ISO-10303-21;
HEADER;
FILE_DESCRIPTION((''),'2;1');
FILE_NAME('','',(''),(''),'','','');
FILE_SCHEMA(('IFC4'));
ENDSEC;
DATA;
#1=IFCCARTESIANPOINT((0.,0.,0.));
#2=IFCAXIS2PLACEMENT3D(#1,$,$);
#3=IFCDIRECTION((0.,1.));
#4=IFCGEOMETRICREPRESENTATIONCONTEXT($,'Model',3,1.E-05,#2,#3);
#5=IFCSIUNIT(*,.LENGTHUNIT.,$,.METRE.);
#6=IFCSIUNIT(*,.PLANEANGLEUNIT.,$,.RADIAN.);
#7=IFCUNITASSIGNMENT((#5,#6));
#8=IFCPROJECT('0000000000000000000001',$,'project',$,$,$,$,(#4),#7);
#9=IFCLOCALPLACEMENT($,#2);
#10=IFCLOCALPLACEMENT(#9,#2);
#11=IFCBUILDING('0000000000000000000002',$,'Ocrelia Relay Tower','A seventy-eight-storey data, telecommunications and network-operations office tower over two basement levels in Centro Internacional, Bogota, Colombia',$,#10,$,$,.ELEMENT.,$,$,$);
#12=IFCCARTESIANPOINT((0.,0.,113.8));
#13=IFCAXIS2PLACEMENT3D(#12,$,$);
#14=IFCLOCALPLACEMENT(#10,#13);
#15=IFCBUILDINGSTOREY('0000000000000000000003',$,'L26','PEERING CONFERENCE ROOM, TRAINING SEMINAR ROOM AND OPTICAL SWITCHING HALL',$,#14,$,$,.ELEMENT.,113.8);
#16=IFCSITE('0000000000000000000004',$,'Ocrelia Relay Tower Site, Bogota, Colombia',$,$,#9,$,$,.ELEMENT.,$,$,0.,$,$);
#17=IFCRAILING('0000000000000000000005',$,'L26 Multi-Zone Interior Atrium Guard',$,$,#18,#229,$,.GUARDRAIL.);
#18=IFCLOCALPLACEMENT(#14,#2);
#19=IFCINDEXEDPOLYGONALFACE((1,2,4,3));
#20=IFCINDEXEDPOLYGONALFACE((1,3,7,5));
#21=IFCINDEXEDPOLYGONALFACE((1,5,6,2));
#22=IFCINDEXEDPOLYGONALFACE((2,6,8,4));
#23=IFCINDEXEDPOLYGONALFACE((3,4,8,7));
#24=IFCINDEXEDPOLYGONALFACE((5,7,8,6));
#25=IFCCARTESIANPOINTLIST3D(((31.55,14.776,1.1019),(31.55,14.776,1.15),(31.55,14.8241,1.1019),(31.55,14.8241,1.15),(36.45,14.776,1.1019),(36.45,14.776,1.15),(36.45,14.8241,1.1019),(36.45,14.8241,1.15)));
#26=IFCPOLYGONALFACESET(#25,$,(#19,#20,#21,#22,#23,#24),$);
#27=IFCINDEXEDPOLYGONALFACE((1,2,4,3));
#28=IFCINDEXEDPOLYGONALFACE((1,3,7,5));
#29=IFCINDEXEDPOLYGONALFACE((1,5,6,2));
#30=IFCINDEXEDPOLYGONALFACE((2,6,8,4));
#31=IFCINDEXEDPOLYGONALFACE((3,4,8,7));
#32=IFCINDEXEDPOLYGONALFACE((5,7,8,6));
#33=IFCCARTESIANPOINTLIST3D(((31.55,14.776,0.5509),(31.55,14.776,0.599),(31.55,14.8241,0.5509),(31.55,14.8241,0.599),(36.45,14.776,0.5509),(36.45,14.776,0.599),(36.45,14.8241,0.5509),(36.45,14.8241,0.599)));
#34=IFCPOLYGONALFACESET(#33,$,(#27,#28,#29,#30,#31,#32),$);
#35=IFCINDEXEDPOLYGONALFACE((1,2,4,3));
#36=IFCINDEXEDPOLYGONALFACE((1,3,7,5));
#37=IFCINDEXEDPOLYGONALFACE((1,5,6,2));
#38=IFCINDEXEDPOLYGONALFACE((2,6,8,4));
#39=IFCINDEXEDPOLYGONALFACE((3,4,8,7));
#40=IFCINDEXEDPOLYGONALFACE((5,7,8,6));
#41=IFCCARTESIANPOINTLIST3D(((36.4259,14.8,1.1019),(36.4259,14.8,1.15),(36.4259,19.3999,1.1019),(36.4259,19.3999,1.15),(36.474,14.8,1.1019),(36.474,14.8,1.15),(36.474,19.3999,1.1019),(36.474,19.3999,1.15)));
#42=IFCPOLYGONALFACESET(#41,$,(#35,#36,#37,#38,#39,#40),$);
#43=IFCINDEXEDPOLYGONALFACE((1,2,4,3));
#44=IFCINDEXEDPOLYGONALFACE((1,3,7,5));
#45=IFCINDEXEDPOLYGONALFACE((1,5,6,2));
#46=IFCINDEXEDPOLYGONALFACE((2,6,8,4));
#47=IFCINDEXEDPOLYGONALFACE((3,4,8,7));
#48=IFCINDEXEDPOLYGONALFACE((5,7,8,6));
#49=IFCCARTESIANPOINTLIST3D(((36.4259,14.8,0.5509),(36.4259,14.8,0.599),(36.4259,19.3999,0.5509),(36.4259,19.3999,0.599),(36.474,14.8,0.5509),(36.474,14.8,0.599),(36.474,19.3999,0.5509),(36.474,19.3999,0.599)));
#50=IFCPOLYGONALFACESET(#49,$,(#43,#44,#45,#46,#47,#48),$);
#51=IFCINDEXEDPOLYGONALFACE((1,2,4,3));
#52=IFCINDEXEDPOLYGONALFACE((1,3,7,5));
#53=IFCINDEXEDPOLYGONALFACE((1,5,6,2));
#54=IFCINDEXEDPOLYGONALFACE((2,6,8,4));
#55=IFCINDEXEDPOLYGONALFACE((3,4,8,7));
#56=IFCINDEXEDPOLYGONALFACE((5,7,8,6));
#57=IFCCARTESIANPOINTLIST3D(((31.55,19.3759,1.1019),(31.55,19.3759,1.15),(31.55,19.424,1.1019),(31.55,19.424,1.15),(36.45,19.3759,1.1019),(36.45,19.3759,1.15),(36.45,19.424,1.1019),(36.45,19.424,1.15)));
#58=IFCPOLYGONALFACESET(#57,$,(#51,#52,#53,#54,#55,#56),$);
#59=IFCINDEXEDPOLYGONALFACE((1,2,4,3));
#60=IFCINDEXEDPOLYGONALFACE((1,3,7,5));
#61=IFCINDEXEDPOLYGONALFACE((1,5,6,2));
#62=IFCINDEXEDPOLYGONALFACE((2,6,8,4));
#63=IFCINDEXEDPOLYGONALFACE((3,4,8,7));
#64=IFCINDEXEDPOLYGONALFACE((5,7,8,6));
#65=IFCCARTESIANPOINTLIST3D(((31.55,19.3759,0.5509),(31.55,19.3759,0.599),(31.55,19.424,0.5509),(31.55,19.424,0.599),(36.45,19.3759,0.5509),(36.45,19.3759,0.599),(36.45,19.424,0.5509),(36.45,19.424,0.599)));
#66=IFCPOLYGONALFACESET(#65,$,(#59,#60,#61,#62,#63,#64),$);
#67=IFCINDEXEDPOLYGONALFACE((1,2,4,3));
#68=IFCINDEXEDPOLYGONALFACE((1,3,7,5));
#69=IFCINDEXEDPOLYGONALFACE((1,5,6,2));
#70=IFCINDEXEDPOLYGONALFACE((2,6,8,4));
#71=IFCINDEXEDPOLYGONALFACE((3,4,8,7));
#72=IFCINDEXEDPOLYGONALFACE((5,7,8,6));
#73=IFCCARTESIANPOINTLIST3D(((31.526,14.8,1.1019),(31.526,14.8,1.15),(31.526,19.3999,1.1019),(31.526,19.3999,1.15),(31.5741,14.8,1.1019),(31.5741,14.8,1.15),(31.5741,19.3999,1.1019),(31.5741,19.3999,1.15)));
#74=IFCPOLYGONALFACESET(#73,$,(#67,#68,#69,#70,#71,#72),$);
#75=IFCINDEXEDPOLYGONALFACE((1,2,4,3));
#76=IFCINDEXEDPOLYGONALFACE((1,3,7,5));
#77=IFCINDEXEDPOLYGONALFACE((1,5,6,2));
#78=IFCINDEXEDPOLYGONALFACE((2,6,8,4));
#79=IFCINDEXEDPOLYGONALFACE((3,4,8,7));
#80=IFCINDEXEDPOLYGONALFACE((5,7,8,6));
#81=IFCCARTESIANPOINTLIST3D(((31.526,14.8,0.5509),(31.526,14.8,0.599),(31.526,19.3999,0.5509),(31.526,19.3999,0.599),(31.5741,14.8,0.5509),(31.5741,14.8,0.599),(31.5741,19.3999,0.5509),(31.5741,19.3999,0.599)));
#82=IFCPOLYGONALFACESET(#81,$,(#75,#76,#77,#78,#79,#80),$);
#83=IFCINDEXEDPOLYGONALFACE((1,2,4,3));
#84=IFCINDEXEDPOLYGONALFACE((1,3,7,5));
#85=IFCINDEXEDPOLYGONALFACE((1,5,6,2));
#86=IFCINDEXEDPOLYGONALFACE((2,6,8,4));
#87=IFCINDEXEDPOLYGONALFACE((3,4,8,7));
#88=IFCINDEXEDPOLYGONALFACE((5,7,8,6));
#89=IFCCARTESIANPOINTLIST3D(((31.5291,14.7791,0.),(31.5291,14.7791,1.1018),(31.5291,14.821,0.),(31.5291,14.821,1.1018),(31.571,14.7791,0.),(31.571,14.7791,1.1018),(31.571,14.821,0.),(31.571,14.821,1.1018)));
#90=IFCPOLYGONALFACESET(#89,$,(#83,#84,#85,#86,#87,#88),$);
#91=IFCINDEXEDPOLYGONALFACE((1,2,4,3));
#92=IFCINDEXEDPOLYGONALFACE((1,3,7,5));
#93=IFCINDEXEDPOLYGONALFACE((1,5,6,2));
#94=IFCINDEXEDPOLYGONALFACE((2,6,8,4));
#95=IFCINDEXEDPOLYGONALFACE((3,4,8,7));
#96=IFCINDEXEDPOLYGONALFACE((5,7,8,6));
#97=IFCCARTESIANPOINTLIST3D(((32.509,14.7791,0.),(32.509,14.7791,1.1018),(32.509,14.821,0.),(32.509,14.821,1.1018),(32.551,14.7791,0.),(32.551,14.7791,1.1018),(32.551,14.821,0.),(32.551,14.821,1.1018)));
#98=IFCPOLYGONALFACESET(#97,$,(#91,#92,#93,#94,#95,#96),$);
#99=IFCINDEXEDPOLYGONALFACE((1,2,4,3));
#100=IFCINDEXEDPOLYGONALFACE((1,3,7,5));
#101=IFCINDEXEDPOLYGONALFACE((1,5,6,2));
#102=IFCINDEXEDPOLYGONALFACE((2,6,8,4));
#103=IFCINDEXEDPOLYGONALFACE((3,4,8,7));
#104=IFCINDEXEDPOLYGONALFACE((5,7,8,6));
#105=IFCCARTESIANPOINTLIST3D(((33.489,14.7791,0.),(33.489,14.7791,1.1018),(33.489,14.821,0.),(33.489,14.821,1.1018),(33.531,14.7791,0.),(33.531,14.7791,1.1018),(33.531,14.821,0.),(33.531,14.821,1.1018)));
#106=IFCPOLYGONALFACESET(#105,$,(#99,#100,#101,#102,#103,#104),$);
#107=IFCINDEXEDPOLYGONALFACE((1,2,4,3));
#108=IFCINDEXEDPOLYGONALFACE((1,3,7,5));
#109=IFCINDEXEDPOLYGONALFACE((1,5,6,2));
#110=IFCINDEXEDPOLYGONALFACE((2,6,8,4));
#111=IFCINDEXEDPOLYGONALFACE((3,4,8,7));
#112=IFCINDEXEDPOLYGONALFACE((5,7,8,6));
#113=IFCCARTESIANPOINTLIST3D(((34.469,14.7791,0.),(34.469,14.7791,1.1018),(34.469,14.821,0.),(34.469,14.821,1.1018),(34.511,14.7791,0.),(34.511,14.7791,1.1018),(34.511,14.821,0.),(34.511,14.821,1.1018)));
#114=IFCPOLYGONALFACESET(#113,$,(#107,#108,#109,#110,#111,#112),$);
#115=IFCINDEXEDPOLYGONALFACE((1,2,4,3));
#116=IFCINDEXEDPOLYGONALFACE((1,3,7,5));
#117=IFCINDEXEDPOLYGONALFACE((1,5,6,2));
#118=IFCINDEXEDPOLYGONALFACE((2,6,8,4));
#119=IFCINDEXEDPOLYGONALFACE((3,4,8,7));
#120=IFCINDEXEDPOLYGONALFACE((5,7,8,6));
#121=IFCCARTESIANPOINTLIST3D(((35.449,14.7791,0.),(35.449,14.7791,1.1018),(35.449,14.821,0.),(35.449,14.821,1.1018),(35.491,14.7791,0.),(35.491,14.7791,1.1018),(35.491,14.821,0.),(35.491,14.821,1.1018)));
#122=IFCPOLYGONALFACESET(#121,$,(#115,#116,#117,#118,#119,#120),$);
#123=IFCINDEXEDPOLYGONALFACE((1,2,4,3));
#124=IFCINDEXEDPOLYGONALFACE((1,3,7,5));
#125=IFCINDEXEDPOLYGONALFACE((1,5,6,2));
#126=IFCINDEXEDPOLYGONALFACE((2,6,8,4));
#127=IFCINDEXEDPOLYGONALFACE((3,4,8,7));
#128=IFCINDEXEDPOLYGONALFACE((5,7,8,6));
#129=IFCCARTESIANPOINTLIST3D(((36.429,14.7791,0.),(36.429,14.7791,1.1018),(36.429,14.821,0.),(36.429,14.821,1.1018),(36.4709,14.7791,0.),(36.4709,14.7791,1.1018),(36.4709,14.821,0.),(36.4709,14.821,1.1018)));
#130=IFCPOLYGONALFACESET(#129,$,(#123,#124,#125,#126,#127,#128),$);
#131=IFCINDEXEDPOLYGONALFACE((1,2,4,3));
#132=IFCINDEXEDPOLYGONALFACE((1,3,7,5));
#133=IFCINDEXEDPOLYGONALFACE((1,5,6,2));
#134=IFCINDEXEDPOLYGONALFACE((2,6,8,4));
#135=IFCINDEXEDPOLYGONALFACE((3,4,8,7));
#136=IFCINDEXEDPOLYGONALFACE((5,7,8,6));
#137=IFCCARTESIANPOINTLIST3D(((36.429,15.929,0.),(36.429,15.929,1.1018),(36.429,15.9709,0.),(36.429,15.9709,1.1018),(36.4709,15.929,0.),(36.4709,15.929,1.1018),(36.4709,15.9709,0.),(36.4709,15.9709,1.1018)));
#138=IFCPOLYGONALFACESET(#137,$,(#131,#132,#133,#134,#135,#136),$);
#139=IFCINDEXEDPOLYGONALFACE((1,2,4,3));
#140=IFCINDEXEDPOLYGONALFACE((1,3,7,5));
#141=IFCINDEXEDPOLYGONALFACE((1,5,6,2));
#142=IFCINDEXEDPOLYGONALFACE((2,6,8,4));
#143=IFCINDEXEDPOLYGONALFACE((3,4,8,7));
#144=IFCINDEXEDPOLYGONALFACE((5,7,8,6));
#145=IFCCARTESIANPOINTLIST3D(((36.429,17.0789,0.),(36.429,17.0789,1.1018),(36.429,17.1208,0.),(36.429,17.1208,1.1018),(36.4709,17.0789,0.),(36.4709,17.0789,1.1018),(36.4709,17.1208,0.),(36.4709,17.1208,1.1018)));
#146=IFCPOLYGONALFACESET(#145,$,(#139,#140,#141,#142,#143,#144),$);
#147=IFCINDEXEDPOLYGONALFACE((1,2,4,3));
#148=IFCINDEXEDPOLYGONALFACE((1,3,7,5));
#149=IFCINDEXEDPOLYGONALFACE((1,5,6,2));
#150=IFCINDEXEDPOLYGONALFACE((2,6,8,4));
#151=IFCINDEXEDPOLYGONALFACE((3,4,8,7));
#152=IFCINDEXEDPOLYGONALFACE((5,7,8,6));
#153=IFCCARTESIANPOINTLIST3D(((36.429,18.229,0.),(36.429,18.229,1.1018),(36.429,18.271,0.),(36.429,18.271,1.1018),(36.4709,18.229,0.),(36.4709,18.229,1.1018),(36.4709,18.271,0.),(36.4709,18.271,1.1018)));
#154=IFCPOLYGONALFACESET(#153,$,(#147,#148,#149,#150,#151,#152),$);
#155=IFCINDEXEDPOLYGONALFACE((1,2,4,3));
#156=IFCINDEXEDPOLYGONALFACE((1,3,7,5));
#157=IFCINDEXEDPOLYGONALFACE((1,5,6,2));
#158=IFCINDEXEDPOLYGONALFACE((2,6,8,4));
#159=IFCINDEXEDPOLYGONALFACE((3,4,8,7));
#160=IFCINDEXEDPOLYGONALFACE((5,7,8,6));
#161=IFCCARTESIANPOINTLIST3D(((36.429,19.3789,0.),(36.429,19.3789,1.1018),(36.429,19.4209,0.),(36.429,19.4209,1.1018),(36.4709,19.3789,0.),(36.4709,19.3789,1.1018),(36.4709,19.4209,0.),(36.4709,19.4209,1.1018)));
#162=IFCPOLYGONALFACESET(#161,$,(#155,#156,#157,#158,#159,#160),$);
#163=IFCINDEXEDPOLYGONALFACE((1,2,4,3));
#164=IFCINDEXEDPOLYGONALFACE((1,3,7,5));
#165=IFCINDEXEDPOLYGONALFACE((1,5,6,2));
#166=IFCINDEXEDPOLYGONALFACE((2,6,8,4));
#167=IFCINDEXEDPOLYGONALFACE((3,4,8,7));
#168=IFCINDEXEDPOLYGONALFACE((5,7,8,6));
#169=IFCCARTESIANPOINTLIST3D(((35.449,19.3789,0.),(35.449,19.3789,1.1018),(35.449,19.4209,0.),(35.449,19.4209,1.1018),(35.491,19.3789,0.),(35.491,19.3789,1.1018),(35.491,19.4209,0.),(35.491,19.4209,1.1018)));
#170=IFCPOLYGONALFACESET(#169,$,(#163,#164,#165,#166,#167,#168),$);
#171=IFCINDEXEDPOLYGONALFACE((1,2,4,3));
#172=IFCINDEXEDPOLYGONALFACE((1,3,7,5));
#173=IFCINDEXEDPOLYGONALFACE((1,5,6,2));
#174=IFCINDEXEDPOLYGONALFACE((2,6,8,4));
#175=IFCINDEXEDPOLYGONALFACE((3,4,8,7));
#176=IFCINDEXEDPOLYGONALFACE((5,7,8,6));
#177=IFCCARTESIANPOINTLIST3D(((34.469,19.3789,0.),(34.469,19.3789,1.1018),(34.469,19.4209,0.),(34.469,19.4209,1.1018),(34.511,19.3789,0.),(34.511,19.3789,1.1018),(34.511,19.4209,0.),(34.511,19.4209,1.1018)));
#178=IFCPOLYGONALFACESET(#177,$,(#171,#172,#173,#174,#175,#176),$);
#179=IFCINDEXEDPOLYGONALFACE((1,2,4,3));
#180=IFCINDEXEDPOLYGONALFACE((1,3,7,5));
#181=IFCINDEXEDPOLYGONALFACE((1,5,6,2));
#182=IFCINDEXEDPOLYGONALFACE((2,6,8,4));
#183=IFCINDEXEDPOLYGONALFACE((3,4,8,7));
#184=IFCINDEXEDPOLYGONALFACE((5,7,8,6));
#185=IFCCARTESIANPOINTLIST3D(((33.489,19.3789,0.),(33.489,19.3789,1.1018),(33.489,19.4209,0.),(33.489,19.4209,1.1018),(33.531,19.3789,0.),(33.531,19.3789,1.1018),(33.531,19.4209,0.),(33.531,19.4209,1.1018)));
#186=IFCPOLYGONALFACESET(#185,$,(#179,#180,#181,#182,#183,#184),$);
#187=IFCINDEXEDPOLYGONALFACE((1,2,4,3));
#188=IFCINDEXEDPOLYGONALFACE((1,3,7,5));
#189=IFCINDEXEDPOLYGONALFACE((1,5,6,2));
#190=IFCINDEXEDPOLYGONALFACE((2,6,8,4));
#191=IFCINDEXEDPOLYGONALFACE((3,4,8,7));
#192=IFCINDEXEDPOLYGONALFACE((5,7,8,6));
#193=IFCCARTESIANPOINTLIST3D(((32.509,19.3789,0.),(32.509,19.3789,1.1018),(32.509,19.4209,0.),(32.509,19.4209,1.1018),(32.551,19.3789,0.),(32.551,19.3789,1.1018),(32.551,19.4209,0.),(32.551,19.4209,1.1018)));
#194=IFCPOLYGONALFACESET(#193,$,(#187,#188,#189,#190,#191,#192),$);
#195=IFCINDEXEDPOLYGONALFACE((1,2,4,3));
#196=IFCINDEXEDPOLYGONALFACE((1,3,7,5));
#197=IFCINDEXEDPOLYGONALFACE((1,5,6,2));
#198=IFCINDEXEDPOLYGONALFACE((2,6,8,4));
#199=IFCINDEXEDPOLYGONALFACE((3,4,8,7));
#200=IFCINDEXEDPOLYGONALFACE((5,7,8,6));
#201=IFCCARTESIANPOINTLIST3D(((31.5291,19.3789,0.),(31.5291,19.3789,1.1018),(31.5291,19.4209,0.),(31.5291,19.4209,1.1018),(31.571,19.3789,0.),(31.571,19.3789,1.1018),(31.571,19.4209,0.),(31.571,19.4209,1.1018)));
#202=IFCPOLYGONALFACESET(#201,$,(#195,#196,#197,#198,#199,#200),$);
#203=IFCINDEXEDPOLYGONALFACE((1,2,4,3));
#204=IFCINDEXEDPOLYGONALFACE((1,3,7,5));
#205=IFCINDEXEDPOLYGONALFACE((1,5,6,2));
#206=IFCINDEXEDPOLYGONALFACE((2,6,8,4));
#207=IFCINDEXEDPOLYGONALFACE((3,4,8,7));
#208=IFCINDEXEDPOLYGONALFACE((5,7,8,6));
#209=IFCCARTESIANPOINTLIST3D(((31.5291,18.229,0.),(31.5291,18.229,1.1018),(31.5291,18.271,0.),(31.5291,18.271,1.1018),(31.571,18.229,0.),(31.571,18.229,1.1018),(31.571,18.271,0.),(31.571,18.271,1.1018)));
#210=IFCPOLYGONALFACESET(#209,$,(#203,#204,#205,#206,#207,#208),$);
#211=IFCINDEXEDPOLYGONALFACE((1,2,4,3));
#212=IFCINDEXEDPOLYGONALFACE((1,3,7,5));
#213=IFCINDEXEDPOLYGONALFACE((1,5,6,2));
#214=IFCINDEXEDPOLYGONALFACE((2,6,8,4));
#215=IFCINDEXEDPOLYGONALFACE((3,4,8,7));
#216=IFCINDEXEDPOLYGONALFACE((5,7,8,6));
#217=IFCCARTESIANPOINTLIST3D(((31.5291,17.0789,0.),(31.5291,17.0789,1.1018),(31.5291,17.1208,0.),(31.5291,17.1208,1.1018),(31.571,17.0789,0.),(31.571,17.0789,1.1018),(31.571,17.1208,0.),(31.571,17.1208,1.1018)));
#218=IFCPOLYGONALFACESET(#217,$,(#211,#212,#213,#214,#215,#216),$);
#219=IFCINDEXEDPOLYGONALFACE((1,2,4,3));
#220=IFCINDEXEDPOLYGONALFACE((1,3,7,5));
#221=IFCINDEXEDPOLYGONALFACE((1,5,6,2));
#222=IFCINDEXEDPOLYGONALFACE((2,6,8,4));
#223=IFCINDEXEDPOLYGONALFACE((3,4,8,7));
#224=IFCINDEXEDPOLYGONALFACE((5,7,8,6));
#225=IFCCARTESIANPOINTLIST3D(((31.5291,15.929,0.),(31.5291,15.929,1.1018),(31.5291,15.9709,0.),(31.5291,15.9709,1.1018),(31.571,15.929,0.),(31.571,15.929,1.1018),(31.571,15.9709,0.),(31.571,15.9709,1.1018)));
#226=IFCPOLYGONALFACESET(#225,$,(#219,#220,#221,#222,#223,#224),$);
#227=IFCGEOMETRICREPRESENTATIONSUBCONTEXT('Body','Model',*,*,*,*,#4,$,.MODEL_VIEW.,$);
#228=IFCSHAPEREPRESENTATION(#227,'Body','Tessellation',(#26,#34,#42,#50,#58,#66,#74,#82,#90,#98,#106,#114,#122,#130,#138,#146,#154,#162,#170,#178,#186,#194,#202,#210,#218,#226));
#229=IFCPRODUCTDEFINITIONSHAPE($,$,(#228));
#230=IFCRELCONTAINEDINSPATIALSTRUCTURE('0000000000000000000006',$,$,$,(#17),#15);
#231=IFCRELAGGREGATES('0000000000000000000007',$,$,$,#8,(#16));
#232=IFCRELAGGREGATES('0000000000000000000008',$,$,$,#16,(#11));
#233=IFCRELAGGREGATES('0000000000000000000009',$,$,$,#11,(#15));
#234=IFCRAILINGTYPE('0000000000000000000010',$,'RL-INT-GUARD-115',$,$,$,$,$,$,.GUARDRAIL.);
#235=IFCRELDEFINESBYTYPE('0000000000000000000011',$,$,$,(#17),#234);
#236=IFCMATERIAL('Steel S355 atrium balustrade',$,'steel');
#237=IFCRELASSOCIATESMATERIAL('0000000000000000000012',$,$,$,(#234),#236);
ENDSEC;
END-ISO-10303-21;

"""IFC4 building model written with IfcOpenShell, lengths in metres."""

from ifc_helpers import new_model, si_unit, direction, frame, origin, origin_2d, place, context, subcontext, project, spatial, rectangle, extrude, material, type_object, element, save


model = new_model("IFC4")

# Units and contexts
model_context = context("Model", 3, precision=1e-05, world=origin(), true_north=direction((0.0, 1.0)))
body_context = subcontext(model_context, "Body", "Model", "MODEL_VIEW")
ifc_project = project(units=[si_unit("LENGTHUNIT", "METRE"), si_unit("PLANEANGLEUNIT", "RADIAN")], contexts=[model_context])

# Site, building, storey
site_placement = place(None, origin())
site = spatial("IfcSite", under=ifc_project, at=site_placement, Name="Ocrelia Relay Tower Site, Bogota, Colombia", CompositionType="ELEMENT", RefElevation=0.0)
building_placement = place(site_placement, origin())
building = spatial("IfcBuilding", under=site, at=building_placement, Name="Ocrelia Relay Tower", Description="A seventy-eight-storey data, telecommunications and network-operations office tower over two basement levels in Centro Internacional, Bogota, Colombia", CompositionType="ELEMENT")
storey_placement = place(building_placement, frame((0.0, 0.0, 113.8)))
storey = spatial("IfcBuildingStorey", under=building, at=storey_placement, Name="L26", Description="PEERING CONFERENCE ROOM, TRAINING SEMINAR ROOM AND OPTICAL SWITCHING HALL", CompositionType="ELEMENT", Elevation=113.8)

# Railing
ifc_material_1 = material(Name="Steel S355 atrium balustrade", Category="steel")
railing_type = type_object("IfcRailingType", Name="RL-INT-GUARD-115", PredefinedType="GUARDRAIL", material=ifc_material_1)
railing_placement = place(storey_placement, frame((31.55, 14.8, 0.0)))
element("IfcRailing", 1, at=railing_placement, inside=storey, type_object=railing_type, Name="L26 Multi-Zone Interior Atrium Guard", PredefinedType="GUARDRAIL", context=body_context, shape_type="SweptSolid", body=[
    extrude(rectangle(XDim=0.0481, YDim=0.0481, at=origin_2d()), frame((0.0, 0.0, 1.126), z_axis=(1.0, 0.0, 0.0), x_axis=(0.0, 1.0, 0.0)), (0.0, 0.0, 1.0), 4.8999),
    extrude(rectangle(XDim=0.0481, YDim=0.0481, at=origin_2d()), frame((0.0, 0.0, 0.575), z_axis=(1.0, 0.0, 0.0), x_axis=(0.0, 1.0, 0.0)), (0.0, 0.0, 1.0), 4.8999),
    extrude(rectangle(XDim=0.0481, YDim=0.0481, at=origin_2d()), frame((4.8999, 0.0, 1.126), z_axis=(0.0, 1.0, 0.0), x_axis=(-1.0, 0.0, 0.0)), (0.0, 0.0, 1.0), 4.5999),
    extrude(rectangle(XDim=0.0481, YDim=0.0481, at=origin_2d()), frame((4.8999, 0.0, 0.575), z_axis=(0.0, 1.0, 0.0), x_axis=(-1.0, 0.0, 0.0)), (0.0, 0.0, 1.0), 4.5999),
    extrude(rectangle(XDim=0.0481, YDim=0.0481, at=origin_2d()), frame((4.8999, 4.5999, 1.126), z_axis=(-1.0, 0.0, 0.0), x_axis=(0.0, -1.0, 0.0)), (0.0, 0.0, 1.0), 4.8999),
    extrude(rectangle(XDim=0.0481, YDim=0.0481, at=origin_2d()), frame((4.8999, 4.5999, 0.575), z_axis=(-1.0, 0.0, 0.0), x_axis=(0.0, -1.0, 0.0)), (0.0, 0.0, 1.0), 4.8999),
    extrude(rectangle(XDim=0.0481, YDim=0.0481, at=origin_2d()), frame((0.0, 4.5999, 1.126), z_axis=(0.0, -1.0, 0.0), x_axis=(1.0, 0.0, 0.0)), (0.0, 0.0, 1.0), 4.5999),
    extrude(rectangle(XDim=0.0481, YDim=0.0481, at=origin_2d()), frame((0.0, 4.5999, 0.575), z_axis=(0.0, -1.0, 0.0), x_axis=(1.0, 0.0, 0.0)), (0.0, 0.0, 1.0), 4.5999),
    extrude(rectangle(XDim=0.042, YDim=0.042, at=origin_2d()), origin(), (0.0, 0.0, 1.0), 1.1018),
    extrude(rectangle(XDim=0.042, YDim=0.042, at=origin_2d()), frame((0.98, 0.0, 0.0)), (0.0, 0.0, 1.0), 1.1018),
    extrude(rectangle(XDim=0.042, YDim=0.042, at=origin_2d()), frame((1.96, 0.0, 0.0)), (0.0, 0.0, 1.0), 1.1018),
    extrude(rectangle(XDim=0.042, YDim=0.042, at=origin_2d()), frame((2.9399, 0.0, 0.0)), (0.0, 0.0, 1.0), 1.1018),
    extrude(rectangle(XDim=0.042, YDim=0.042, at=origin_2d()), frame((3.9199, 0.0, 0.0)), (0.0, 0.0, 1.0), 1.1018),
    extrude(rectangle(XDim=0.042, YDim=0.042, at=origin_2d()), frame((4.8999, 0.0, 0.0)), (0.0, 0.0, 1.0), 1.1018),
    extrude(rectangle(XDim=0.042, YDim=0.042, at=origin_2d()), frame((4.8999, 1.1499, 0.0)), (0.0, 0.0, 1.0), 1.1018),
    extrude(rectangle(XDim=0.042, YDim=0.042, at=origin_2d()), frame((4.8999, 2.2998, 0.0)), (0.0, 0.0, 1.0), 1.1018),
    extrude(rectangle(XDim=0.042, YDim=0.042, at=origin_2d()), frame((4.8999, 3.45, 0.0)), (0.0, 0.0, 1.0), 1.1018),
    extrude(rectangle(XDim=0.042, YDim=0.042, at=origin_2d()), frame((4.8999, 4.5999, 0.0)), (0.0, 0.0, 1.0), 1.1018),
    extrude(rectangle(XDim=0.042, YDim=0.042, at=origin_2d()), frame((3.9199, 4.5999, 0.0)), (0.0, 0.0, 1.0), 1.1018),
    extrude(rectangle(XDim=0.042, YDim=0.042, at=origin_2d()), frame((2.9399, 4.5999, 0.0)), (0.0, 0.0, 1.0), 1.1018),
    extrude(rectangle(XDim=0.042, YDim=0.042, at=origin_2d()), frame((1.96, 4.5999, 0.0)), (0.0, 0.0, 1.0), 1.1018),
    extrude(rectangle(XDim=0.042, YDim=0.042, at=origin_2d()), frame((0.98, 4.5999, 0.0)), (0.0, 0.0, 1.0), 1.1018),
    extrude(rectangle(XDim=0.042, YDim=0.042, at=origin_2d()), frame((0.0, 4.5999, 0.0)), (0.0, 0.0, 1.0), 1.1018),
    extrude(rectangle(XDim=0.042, YDim=0.042, at=origin_2d()), frame((0.0, 3.45, 0.0)), (0.0, 0.0, 1.0), 1.1018),
    extrude(rectangle(XDim=0.042, YDim=0.042, at=origin_2d()), frame((0.0, 2.2998, 0.0)), (0.0, 0.0, 1.0), 1.1018),
    extrude(rectangle(XDim=0.042, YDim=0.042, at=origin_2d()), frame((0.0, 1.1499, 0.0)), (0.0, 0.0, 1.0), 1.1018),
])

save(model, "model.ifc")
